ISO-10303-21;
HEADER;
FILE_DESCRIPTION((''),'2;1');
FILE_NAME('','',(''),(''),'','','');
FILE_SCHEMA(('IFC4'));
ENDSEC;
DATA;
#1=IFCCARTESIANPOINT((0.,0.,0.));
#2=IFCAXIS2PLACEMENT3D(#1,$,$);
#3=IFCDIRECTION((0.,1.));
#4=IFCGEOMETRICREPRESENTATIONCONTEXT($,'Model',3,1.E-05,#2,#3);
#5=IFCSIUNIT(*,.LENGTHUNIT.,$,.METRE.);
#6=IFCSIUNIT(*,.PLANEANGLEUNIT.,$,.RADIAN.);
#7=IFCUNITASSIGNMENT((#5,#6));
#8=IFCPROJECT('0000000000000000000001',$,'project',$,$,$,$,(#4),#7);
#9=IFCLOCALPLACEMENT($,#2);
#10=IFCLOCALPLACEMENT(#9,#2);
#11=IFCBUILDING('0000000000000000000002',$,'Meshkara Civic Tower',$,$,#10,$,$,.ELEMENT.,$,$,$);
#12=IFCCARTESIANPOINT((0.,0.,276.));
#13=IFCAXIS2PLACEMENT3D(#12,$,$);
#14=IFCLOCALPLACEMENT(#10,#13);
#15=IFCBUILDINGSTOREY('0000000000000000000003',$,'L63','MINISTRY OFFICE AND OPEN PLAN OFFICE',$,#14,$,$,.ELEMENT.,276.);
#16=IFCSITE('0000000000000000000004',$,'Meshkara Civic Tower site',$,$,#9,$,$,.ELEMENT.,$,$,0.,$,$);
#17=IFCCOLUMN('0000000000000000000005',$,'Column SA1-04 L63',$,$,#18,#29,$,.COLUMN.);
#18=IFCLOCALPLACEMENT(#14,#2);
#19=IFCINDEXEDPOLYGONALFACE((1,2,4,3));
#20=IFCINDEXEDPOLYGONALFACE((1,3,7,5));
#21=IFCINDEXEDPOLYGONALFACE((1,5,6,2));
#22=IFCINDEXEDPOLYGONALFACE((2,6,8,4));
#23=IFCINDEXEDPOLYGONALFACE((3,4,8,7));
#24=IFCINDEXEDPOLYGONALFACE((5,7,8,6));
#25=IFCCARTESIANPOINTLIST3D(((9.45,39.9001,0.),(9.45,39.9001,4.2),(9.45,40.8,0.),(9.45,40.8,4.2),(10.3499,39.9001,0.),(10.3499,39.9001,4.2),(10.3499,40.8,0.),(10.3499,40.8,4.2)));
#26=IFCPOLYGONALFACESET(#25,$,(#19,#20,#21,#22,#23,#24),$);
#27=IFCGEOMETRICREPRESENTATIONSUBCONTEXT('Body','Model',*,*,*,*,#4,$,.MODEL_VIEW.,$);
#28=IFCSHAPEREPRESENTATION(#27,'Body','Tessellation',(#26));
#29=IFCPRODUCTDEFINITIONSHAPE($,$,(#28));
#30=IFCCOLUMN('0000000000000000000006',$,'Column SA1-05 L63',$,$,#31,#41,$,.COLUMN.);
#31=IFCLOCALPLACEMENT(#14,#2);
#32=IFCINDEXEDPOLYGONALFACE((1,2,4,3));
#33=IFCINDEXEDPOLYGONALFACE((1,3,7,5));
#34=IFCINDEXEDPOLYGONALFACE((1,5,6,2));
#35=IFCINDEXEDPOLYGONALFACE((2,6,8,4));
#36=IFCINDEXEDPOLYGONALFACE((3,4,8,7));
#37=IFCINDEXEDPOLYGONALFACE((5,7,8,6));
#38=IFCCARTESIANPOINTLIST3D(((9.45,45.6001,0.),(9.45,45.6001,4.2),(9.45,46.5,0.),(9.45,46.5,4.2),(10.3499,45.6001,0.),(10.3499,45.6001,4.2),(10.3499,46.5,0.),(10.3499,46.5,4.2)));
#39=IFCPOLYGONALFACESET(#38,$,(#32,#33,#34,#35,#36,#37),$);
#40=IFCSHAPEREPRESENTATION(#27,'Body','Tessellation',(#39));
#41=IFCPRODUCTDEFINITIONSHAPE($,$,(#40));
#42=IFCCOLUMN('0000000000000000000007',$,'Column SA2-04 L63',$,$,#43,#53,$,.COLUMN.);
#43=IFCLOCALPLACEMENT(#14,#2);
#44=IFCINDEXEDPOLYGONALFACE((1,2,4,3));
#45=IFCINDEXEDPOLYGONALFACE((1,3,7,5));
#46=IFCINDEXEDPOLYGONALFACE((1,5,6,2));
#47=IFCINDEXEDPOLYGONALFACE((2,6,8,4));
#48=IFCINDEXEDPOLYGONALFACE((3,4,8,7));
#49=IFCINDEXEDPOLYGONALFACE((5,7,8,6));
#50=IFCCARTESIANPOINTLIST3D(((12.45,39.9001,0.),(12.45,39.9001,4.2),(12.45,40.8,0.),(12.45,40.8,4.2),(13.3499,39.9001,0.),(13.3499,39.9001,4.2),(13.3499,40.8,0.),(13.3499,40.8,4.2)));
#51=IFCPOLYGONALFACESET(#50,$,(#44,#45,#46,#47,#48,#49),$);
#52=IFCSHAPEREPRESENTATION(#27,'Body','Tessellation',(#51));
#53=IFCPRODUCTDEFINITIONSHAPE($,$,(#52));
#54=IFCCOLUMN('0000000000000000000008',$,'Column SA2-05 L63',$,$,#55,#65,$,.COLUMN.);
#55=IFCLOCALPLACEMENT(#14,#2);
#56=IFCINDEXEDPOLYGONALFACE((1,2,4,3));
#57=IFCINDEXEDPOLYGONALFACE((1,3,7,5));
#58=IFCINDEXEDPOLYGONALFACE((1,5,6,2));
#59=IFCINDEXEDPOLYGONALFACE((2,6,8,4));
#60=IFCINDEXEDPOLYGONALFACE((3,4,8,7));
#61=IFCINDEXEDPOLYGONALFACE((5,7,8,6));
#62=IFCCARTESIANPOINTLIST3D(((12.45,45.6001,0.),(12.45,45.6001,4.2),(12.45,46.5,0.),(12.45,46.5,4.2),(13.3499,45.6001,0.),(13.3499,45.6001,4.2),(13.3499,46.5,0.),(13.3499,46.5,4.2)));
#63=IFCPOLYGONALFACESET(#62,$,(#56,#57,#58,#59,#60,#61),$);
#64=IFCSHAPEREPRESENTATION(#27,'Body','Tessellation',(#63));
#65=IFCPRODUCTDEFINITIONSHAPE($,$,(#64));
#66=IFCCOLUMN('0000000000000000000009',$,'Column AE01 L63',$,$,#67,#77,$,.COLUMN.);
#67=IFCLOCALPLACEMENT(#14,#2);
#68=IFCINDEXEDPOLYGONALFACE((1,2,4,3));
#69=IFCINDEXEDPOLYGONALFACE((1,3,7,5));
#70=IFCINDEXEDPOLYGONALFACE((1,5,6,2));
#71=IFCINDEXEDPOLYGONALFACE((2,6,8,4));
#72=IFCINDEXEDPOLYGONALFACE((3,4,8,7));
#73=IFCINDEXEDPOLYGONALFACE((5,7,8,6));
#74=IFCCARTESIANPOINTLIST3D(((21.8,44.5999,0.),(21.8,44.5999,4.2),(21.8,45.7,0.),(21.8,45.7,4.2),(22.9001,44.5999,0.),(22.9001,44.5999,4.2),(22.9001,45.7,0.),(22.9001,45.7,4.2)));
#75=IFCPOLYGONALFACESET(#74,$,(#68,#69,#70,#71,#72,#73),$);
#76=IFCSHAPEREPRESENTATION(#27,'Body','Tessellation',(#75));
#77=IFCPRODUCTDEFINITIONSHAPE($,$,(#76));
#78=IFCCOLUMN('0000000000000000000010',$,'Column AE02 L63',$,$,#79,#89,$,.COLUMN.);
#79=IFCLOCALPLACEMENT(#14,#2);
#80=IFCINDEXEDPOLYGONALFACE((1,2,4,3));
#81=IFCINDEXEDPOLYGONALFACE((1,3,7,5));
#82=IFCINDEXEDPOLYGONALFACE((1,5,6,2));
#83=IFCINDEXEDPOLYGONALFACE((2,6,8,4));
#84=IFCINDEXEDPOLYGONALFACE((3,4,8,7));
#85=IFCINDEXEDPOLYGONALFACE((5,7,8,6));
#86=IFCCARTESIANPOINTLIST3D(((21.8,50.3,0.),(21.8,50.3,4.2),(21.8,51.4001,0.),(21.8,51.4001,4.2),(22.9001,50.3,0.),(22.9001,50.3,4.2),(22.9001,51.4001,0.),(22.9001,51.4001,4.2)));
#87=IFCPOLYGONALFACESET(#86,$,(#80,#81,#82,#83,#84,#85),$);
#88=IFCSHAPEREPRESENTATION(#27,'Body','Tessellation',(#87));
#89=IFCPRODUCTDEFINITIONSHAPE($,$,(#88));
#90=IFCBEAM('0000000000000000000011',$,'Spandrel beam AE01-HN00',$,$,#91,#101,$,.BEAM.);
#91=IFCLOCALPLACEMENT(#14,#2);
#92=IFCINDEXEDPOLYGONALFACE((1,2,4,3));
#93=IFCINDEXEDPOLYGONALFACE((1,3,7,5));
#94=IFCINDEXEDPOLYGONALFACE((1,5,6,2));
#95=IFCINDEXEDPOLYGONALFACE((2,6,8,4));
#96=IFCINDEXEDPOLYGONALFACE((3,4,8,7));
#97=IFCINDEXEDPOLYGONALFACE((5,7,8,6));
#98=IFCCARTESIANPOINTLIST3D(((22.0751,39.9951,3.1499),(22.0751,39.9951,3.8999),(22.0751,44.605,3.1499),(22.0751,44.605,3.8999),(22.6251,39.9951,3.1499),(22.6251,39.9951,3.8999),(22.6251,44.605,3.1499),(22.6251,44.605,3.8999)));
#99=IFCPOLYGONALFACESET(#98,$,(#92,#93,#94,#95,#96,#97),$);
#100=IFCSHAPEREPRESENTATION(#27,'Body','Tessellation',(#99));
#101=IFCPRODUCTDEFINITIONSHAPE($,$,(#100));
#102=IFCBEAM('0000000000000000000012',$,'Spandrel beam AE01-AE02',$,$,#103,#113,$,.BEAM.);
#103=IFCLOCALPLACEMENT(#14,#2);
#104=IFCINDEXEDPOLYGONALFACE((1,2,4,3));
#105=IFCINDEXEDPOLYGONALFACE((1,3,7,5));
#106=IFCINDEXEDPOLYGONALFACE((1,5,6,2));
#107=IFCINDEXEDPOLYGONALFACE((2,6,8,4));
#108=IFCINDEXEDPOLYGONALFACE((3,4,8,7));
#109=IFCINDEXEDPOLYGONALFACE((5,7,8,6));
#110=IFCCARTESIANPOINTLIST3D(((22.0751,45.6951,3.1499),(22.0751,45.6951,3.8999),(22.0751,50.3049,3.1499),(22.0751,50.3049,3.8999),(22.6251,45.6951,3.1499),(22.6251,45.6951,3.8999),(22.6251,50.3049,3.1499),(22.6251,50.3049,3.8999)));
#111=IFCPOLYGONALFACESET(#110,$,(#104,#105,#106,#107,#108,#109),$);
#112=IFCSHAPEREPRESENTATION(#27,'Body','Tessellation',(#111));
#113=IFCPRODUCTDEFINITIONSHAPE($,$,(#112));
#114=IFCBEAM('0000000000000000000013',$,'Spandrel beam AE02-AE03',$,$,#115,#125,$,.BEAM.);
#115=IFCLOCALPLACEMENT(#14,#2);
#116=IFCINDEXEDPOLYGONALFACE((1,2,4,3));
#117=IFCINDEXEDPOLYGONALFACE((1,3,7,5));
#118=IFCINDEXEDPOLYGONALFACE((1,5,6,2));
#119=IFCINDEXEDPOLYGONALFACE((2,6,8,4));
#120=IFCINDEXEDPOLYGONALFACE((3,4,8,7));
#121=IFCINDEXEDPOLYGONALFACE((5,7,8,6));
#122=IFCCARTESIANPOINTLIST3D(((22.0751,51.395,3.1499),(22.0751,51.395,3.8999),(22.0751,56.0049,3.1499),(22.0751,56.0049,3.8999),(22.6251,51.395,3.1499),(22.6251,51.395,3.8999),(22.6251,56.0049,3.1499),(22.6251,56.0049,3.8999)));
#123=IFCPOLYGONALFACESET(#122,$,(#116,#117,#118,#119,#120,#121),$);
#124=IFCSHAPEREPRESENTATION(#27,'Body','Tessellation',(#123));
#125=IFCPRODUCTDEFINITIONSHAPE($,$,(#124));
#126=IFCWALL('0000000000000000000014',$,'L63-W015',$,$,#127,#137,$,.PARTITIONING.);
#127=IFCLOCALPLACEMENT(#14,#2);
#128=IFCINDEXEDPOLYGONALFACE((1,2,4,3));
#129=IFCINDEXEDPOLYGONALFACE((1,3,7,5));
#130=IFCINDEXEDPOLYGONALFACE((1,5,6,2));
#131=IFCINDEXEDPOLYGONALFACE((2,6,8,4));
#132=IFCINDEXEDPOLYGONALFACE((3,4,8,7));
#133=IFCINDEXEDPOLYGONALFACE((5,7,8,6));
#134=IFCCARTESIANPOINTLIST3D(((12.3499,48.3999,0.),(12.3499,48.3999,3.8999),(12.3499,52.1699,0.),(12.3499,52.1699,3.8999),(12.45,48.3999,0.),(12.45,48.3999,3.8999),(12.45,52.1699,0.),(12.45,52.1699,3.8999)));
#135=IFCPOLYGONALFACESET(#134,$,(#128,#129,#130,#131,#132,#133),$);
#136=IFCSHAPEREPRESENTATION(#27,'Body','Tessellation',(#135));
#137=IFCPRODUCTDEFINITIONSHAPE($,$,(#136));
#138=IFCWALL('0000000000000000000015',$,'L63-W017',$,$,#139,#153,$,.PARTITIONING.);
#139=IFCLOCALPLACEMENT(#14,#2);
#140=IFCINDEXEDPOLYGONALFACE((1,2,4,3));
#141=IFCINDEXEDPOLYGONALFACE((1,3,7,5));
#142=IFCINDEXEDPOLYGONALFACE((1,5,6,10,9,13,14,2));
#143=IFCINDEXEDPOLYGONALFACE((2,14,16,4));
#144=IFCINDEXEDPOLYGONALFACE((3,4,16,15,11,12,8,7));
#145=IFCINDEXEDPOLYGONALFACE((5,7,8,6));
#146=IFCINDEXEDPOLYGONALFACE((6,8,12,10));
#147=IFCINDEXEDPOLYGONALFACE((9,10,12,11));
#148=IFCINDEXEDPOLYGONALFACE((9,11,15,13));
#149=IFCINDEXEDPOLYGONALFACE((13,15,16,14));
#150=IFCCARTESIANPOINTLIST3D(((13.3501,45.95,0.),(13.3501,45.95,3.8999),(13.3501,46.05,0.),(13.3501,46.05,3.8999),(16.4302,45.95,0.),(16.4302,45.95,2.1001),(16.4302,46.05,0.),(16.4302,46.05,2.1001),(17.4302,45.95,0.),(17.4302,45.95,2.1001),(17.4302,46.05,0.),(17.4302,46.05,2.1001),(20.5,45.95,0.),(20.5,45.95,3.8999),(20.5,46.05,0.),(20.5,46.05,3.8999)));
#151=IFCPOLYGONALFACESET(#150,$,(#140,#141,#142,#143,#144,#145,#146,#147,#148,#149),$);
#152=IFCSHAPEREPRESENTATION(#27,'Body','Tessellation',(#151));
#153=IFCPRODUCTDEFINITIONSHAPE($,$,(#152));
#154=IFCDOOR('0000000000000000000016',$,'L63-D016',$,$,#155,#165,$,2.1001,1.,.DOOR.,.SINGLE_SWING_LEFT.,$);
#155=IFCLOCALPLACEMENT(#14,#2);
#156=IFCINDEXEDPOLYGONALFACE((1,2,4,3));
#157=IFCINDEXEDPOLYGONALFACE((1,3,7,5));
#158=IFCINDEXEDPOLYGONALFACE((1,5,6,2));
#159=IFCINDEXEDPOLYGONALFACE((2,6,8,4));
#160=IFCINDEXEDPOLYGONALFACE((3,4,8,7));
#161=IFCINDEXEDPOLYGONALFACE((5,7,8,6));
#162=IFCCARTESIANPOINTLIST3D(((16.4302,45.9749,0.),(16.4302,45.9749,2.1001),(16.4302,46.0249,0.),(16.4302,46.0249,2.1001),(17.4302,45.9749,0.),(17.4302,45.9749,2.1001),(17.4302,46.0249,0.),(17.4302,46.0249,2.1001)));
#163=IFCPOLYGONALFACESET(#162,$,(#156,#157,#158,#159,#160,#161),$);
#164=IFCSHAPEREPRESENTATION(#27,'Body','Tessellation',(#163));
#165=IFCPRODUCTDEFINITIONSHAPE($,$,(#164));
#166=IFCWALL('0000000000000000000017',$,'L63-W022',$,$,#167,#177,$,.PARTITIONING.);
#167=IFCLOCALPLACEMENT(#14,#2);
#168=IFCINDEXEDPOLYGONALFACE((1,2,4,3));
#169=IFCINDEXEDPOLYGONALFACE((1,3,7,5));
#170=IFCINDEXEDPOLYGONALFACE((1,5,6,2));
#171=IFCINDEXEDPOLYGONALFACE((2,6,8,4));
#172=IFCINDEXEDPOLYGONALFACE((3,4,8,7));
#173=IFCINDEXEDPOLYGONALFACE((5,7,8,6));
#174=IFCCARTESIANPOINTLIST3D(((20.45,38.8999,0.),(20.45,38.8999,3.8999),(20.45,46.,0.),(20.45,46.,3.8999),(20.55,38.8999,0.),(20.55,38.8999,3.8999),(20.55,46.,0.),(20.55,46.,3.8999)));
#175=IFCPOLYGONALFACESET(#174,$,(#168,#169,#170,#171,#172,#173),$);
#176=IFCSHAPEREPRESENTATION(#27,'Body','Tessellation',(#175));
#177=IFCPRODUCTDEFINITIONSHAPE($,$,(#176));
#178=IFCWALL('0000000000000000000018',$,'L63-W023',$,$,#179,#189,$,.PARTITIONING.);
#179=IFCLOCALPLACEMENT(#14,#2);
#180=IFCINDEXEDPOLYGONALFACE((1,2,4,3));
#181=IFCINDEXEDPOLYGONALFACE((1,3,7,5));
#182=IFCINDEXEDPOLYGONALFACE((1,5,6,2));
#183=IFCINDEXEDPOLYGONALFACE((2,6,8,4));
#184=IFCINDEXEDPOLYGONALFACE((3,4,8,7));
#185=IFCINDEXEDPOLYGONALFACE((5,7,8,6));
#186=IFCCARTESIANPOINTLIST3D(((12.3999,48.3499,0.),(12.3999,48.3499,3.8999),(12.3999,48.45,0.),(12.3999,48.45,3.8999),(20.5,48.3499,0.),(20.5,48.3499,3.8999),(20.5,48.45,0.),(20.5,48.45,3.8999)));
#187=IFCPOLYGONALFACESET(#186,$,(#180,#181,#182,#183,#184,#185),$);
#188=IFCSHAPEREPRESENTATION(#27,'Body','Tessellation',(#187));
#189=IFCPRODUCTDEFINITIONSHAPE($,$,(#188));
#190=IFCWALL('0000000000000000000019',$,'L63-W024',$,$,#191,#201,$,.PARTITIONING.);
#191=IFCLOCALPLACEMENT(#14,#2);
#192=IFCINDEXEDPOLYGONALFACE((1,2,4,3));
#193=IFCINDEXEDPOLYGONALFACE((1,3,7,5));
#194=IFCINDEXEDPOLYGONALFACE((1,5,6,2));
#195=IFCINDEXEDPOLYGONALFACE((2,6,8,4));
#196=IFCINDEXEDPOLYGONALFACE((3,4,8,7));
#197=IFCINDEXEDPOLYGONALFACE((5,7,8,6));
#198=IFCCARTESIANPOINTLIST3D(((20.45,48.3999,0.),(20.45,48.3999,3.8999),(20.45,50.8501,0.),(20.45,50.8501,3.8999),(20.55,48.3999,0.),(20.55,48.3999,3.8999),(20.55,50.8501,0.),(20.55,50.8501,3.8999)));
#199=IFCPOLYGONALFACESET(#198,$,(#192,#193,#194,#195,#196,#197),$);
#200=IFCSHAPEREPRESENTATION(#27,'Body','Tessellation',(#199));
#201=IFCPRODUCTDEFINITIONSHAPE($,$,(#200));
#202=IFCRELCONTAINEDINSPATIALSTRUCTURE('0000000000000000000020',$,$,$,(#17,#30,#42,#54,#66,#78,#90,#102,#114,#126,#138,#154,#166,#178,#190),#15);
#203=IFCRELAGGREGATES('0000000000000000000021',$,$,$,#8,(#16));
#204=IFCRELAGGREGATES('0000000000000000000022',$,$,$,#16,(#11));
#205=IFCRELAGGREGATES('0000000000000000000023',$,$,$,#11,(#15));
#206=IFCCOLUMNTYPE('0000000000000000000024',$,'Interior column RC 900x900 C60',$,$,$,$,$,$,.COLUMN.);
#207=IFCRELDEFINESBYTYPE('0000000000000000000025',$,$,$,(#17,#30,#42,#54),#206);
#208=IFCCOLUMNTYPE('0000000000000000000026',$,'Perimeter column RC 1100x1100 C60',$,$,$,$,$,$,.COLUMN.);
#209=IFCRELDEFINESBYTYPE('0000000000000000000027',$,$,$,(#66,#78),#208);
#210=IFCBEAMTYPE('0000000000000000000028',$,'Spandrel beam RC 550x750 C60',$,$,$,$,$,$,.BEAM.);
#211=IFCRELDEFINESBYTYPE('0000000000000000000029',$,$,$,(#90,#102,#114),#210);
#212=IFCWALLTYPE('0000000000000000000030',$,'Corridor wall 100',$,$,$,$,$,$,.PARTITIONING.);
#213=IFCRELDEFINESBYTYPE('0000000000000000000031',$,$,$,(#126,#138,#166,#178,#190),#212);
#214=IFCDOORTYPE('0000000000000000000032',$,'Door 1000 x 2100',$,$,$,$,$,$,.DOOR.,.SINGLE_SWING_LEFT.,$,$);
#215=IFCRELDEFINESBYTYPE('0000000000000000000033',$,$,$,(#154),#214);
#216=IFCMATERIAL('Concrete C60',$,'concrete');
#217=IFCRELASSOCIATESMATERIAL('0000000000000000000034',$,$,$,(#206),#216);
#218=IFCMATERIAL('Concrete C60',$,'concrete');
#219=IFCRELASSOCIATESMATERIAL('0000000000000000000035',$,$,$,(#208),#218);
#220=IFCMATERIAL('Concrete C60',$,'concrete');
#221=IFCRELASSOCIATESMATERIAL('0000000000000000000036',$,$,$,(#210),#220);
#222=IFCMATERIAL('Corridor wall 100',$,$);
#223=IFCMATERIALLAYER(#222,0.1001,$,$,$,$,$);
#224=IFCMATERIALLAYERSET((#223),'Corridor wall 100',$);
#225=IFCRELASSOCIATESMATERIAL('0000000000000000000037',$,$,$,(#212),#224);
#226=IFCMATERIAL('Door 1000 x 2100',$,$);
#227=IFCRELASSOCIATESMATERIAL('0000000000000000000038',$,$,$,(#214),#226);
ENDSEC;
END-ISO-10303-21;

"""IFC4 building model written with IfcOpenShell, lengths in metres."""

from ifc_helpers import new_model, si_unit, direction, frame, frame_2d, origin, origin_2d, place, context, subcontext, project, spatial, rectangle, extrude, material, layer, layer_set, material_profile, profile_set, type_object, element, fill, save


model = new_model("IFC4")

# Units and contexts
model_context = context("Model", 3, precision=1e-05, world=origin(), true_north=direction((0.0, 1.0)))
body_context = subcontext(model_context, "Body", "Model", "MODEL_VIEW")
ifc_project = project(units=[si_unit("LENGTHUNIT", "METRE"), si_unit("PLANEANGLEUNIT", "RADIAN")], contexts=[model_context])

# Site, building, storey
site_placement = place(None, origin())
site = spatial("IfcSite", under=ifc_project, at=site_placement, Name="Meshkara Civic Tower site", CompositionType="ELEMENT", RefElevation=0.0)
building_placement = place(site_placement, origin())
building = spatial("IfcBuilding", under=site, at=building_placement, Name="Meshkara Civic Tower", CompositionType="ELEMENT")
storey_placement = place(building_placement, frame((0.0, 0.0, 276.0)))
storey = spatial("IfcBuildingStorey", under=building, at=storey_placement, Name="L63", Description="MINISTRY OFFICE AND OPEN PLAN OFFICE", CompositionType="ELEMENT", Elevation=276.0)

# Columns
ifc_material_1 = material(Name="Concrete C60", Category="concrete")
ifc_material_profile_1 = material_profile(ifc_material_1, rectangle(XDim=0.8999, YDim=0.8999, at=origin_2d()))
ifc_profile_set_1 = profile_set([ifc_material_profile_1], Name="Concrete C60")
column_type_1 = type_object("IfcColumnType", Name="Interior column RC 900x900 C60", PredefinedType="COLUMN", material=ifc_profile_set_1)
for number, where, z_axis, x_axis, name in (
    (1, (9.8999, 40.3501, 0.0), (0.0, 0.0, 1.0), (1.0, 0.0, 0.0), "Column SA1-04 L63"),
    (2, (9.8999, 46.05, 0.0), (0.0, 0.0, 1.0), (1.0, 0.0, 0.0), "Column SA1-05 L63"),
    (3, (12.8999, 40.3501, 0.0), (0.0, 0.0, 1.0), (1.0, 0.0, 0.0), "Column SA2-04 L63"),
    (4, (12.8999, 46.05, 0.0), (0.0, 0.0, 1.0), (1.0, 0.0, 0.0), "Column SA2-05 L63"),
):
    element("IfcColumn", number, at=place(storey_placement, frame(where, z_axis=z_axis, x_axis=x_axis)), inside=storey, type_object=column_type_1, Name=name, PredefinedType="COLUMN", context=body_context, shape_type="SweptSolid", body=[
        extrude(rectangle(XDim=0.8999, YDim=0.8999, at=origin_2d()), origin(), (0.0, 0.0, 1.0), 4.2),
    ])
ifc_material_2 = material(Name="Concrete C60", Category="concrete")
ifc_material_profile_2 = material_profile(ifc_material_2, rectangle(XDim=1.1001, YDim=1.1001, at=origin_2d()))
ifc_profile_set_2 = profile_set([ifc_material_profile_2], Name="Concrete C60")
column_type_2 = type_object("IfcColumnType", Name="Perimeter column RC 1100x1100 C60", PredefinedType="COLUMN", material=ifc_profile_set_2)
for number, where, z_axis, x_axis, name in (
    (5, (22.3501, 45.1499, 0.0), (0.0, 0.0, 1.0), (1.0, 0.0, 0.0), "Column AE01 L63"),
    (6, (22.3501, 50.8501, 0.0), (0.0, 0.0, 1.0), (1.0, 0.0, 0.0), "Column AE02 L63"),
):
    element("IfcColumn", number, at=place(storey_placement, frame(where, z_axis=z_axis, x_axis=x_axis)), inside=storey, type_object=column_type_2, Name=name, PredefinedType="COLUMN", context=body_context, shape_type="SweptSolid", body=[
        extrude(rectangle(XDim=1.1001, YDim=1.1001, at=origin_2d()), origin(), (0.0, 0.0, 1.0), 4.2),
    ])

# Beams
ifc_material_3 = material(Name="Concrete C60", Category="concrete")
ifc_material_profile_3 = material_profile(ifc_material_3, rectangle(XDim=0.55, YDim=0.75, at=origin_2d()))
ifc_profile_set_3 = profile_set([ifc_material_profile_3], Name="Concrete C60")
beam_type = type_object("IfcBeamType", Name="Spandrel beam RC 550x750 C60", PredefinedType="BEAM", material=ifc_profile_set_3)
for number, where, z_axis, x_axis, name in (
    (7, (22.3501, 39.9951, 3.5249), (0.0, 1.0, 0.0), (-1.0, 0.0, 0.0), "Spandrel beam AE01-HN00"),
    (8, (22.3501, 45.6951, 3.5249), (0.0, 1.0, 0.0), (-1.0, 0.0, 0.0), "Spandrel beam AE01-AE02"),
    (9, (22.3501, 51.395, 3.5249), (0.0, 1.0, 0.0), (-1.0, 0.0, 0.0), "Spandrel beam AE02-AE03"),
):
    element("IfcBeam", number, at=place(storey_placement, frame(where, z_axis=z_axis, x_axis=x_axis)), inside=storey, type_object=beam_type, Name=name, PredefinedType="BEAM", context=body_context, shape_type="SweptSolid", body=[
        extrude(rectangle(XDim=0.55, YDim=0.75, at=origin_2d()), origin(), (0.0, 0.0, 1.0), 4.6099),
    ])

# Wall
ifc_material_4 = material(Name="Corridor wall 100")
ifc_layer_1 = layer(ifc_material_4, 0.1001)
ifc_layer_set_1 = layer_set([ifc_layer_1], Name="Corridor wall 100")
wall_type_1 = type_object("IfcWallType", Name="Corridor wall 100", PredefinedType="PARTITIONING", material=ifc_layer_set_1)
wall_1_placement = place(storey_placement, frame((12.3999, 48.3999, 0.0), z_axis=(0.0, 0.0, 1.0), x_axis=(0.0, 1.0, 0.0)))
element("IfcWall", 10, at=wall_1_placement, inside=storey, type_object=wall_type_1, Name="L63-W015", PredefinedType="PARTITIONING", context=body_context, shape_type="SweptSolid", body=[
    extrude(rectangle(XDim=3.77, YDim=0.1001, at=frame_2d((1.885, 0.0))), origin(), (0.0, 0.0, 1.0), 3.8999),
])

# Wall, opening, door
wall_2_placement = place(storey_placement, frame((13.3501, 46.0, 0.0), z_axis=(0.0, 0.0, 1.0), x_axis=(1.0, 0.0, 0.0)))
wall_2 = element("IfcWall", 11, at=wall_2_placement, inside=storey, type_object=wall_type_1, Name="L63-W017", PredefinedType="PARTITIONING", context=body_context, shape_type="SweptSolid", body=[
    extrude(rectangle(XDim=7.1499, YDim=0.1001, at=frame_2d((3.575, 0.0))), origin(), (0.0, 0.0, 1.0), 3.8999),
])
opening_1_placement = place(wall_2_placement, frame((3.0801, 0.0, 0.0)))
opening_1 = element("IfcOpeningElement", 12, at=opening_1_placement, cuts=wall_2, PredefinedType="OPENING", context=body_context, shape_type="SweptSolid", body=[
    extrude(rectangle(XDim=1.0, YDim=2.1001, at=frame_2d((0.5, 1.05))), frame((0.0, 0.0601, 0.0), z_axis=(0.0, -1.0, 0.0), x_axis=(1.0, 0.0, 0.0)), (0.0, 0.0, 1.0), 0.1201),
])
ifc_material_5 = material(Name="Door 1000 x 2100")
door_type = type_object("IfcDoorType", Name="Door 1000 x 2100", OperationType="SINGLE_SWING_LEFT", PredefinedType="DOOR", material=ifc_material_5)
door_placement = place(opening_1_placement, origin())
door = element("IfcDoor", 13, at=door_placement, inside=storey, type_object=door_type, Name="L63-D016", OperationType="SINGLE_SWING_LEFT", OverallHeight=2.1001, OverallWidth=1.0, PredefinedType="DOOR", context=body_context, shape_type="SweptSolid", body=[
    extrude(rectangle(XDim=1.0, YDim=2.1001, at=frame_2d((0.5, 1.05))), frame((0.0, 0.0249, 0.0), z_axis=(0.0, -1.0, 0.0), x_axis=(1.0, 0.0, 0.0)), (0.0, 0.0, 1.0), 0.05),
])
fill(opening_1, door)

# Walls
wall_3_placement = place(storey_placement, frame((20.5, 46.0, 0.0), z_axis=(0.0, 0.0, 1.0), x_axis=(0.0, -1.0, 0.0)))
element("IfcWall", 14, at=wall_3_placement, inside=storey, type_object=wall_type_1, Name="L63-W022", PredefinedType="PARTITIONING", context=body_context, shape_type="SweptSolid", body=[
    extrude(rectangle(XDim=7.1001, YDim=0.1001, at=frame_2d((3.55, 0.0))), origin(), (0.0, 0.0, 1.0), 3.8999),
])
wall_4_placement = place(storey_placement, frame((20.5, 48.3999, 0.0), z_axis=(0.0, 0.0, 1.0), x_axis=(-1.0, 0.0, 0.0)))
element("IfcWall", 15, at=wall_4_placement, inside=storey, type_object=wall_type_1, Name="L63-W023", PredefinedType="PARTITIONING", context=body_context, shape_type="SweptSolid", body=[
    extrude(rectangle(XDim=8.1001, YDim=0.1001, at=frame_2d((4.05, 0.0))), origin(), (0.0, 0.0, 1.0), 3.8999),
])
wall_5_placement = place(storey_placement, frame((20.5, 50.8501, 0.0), z_axis=(0.0, 0.0, 1.0), x_axis=(0.0, -1.0, 0.0)))
element("IfcWall", 16, at=wall_5_placement, inside=storey, type_object=wall_type_1, Name="L63-W024", PredefinedType="PARTITIONING", context=body_context, shape_type="SweptSolid", body=[
    extrude(rectangle(XDim=2.4502, YDim=0.1001, at=frame_2d((1.2251, 0.0))), origin(), (0.0, 0.0, 1.0), 3.8999),
])

save(model, "model.ifc")
